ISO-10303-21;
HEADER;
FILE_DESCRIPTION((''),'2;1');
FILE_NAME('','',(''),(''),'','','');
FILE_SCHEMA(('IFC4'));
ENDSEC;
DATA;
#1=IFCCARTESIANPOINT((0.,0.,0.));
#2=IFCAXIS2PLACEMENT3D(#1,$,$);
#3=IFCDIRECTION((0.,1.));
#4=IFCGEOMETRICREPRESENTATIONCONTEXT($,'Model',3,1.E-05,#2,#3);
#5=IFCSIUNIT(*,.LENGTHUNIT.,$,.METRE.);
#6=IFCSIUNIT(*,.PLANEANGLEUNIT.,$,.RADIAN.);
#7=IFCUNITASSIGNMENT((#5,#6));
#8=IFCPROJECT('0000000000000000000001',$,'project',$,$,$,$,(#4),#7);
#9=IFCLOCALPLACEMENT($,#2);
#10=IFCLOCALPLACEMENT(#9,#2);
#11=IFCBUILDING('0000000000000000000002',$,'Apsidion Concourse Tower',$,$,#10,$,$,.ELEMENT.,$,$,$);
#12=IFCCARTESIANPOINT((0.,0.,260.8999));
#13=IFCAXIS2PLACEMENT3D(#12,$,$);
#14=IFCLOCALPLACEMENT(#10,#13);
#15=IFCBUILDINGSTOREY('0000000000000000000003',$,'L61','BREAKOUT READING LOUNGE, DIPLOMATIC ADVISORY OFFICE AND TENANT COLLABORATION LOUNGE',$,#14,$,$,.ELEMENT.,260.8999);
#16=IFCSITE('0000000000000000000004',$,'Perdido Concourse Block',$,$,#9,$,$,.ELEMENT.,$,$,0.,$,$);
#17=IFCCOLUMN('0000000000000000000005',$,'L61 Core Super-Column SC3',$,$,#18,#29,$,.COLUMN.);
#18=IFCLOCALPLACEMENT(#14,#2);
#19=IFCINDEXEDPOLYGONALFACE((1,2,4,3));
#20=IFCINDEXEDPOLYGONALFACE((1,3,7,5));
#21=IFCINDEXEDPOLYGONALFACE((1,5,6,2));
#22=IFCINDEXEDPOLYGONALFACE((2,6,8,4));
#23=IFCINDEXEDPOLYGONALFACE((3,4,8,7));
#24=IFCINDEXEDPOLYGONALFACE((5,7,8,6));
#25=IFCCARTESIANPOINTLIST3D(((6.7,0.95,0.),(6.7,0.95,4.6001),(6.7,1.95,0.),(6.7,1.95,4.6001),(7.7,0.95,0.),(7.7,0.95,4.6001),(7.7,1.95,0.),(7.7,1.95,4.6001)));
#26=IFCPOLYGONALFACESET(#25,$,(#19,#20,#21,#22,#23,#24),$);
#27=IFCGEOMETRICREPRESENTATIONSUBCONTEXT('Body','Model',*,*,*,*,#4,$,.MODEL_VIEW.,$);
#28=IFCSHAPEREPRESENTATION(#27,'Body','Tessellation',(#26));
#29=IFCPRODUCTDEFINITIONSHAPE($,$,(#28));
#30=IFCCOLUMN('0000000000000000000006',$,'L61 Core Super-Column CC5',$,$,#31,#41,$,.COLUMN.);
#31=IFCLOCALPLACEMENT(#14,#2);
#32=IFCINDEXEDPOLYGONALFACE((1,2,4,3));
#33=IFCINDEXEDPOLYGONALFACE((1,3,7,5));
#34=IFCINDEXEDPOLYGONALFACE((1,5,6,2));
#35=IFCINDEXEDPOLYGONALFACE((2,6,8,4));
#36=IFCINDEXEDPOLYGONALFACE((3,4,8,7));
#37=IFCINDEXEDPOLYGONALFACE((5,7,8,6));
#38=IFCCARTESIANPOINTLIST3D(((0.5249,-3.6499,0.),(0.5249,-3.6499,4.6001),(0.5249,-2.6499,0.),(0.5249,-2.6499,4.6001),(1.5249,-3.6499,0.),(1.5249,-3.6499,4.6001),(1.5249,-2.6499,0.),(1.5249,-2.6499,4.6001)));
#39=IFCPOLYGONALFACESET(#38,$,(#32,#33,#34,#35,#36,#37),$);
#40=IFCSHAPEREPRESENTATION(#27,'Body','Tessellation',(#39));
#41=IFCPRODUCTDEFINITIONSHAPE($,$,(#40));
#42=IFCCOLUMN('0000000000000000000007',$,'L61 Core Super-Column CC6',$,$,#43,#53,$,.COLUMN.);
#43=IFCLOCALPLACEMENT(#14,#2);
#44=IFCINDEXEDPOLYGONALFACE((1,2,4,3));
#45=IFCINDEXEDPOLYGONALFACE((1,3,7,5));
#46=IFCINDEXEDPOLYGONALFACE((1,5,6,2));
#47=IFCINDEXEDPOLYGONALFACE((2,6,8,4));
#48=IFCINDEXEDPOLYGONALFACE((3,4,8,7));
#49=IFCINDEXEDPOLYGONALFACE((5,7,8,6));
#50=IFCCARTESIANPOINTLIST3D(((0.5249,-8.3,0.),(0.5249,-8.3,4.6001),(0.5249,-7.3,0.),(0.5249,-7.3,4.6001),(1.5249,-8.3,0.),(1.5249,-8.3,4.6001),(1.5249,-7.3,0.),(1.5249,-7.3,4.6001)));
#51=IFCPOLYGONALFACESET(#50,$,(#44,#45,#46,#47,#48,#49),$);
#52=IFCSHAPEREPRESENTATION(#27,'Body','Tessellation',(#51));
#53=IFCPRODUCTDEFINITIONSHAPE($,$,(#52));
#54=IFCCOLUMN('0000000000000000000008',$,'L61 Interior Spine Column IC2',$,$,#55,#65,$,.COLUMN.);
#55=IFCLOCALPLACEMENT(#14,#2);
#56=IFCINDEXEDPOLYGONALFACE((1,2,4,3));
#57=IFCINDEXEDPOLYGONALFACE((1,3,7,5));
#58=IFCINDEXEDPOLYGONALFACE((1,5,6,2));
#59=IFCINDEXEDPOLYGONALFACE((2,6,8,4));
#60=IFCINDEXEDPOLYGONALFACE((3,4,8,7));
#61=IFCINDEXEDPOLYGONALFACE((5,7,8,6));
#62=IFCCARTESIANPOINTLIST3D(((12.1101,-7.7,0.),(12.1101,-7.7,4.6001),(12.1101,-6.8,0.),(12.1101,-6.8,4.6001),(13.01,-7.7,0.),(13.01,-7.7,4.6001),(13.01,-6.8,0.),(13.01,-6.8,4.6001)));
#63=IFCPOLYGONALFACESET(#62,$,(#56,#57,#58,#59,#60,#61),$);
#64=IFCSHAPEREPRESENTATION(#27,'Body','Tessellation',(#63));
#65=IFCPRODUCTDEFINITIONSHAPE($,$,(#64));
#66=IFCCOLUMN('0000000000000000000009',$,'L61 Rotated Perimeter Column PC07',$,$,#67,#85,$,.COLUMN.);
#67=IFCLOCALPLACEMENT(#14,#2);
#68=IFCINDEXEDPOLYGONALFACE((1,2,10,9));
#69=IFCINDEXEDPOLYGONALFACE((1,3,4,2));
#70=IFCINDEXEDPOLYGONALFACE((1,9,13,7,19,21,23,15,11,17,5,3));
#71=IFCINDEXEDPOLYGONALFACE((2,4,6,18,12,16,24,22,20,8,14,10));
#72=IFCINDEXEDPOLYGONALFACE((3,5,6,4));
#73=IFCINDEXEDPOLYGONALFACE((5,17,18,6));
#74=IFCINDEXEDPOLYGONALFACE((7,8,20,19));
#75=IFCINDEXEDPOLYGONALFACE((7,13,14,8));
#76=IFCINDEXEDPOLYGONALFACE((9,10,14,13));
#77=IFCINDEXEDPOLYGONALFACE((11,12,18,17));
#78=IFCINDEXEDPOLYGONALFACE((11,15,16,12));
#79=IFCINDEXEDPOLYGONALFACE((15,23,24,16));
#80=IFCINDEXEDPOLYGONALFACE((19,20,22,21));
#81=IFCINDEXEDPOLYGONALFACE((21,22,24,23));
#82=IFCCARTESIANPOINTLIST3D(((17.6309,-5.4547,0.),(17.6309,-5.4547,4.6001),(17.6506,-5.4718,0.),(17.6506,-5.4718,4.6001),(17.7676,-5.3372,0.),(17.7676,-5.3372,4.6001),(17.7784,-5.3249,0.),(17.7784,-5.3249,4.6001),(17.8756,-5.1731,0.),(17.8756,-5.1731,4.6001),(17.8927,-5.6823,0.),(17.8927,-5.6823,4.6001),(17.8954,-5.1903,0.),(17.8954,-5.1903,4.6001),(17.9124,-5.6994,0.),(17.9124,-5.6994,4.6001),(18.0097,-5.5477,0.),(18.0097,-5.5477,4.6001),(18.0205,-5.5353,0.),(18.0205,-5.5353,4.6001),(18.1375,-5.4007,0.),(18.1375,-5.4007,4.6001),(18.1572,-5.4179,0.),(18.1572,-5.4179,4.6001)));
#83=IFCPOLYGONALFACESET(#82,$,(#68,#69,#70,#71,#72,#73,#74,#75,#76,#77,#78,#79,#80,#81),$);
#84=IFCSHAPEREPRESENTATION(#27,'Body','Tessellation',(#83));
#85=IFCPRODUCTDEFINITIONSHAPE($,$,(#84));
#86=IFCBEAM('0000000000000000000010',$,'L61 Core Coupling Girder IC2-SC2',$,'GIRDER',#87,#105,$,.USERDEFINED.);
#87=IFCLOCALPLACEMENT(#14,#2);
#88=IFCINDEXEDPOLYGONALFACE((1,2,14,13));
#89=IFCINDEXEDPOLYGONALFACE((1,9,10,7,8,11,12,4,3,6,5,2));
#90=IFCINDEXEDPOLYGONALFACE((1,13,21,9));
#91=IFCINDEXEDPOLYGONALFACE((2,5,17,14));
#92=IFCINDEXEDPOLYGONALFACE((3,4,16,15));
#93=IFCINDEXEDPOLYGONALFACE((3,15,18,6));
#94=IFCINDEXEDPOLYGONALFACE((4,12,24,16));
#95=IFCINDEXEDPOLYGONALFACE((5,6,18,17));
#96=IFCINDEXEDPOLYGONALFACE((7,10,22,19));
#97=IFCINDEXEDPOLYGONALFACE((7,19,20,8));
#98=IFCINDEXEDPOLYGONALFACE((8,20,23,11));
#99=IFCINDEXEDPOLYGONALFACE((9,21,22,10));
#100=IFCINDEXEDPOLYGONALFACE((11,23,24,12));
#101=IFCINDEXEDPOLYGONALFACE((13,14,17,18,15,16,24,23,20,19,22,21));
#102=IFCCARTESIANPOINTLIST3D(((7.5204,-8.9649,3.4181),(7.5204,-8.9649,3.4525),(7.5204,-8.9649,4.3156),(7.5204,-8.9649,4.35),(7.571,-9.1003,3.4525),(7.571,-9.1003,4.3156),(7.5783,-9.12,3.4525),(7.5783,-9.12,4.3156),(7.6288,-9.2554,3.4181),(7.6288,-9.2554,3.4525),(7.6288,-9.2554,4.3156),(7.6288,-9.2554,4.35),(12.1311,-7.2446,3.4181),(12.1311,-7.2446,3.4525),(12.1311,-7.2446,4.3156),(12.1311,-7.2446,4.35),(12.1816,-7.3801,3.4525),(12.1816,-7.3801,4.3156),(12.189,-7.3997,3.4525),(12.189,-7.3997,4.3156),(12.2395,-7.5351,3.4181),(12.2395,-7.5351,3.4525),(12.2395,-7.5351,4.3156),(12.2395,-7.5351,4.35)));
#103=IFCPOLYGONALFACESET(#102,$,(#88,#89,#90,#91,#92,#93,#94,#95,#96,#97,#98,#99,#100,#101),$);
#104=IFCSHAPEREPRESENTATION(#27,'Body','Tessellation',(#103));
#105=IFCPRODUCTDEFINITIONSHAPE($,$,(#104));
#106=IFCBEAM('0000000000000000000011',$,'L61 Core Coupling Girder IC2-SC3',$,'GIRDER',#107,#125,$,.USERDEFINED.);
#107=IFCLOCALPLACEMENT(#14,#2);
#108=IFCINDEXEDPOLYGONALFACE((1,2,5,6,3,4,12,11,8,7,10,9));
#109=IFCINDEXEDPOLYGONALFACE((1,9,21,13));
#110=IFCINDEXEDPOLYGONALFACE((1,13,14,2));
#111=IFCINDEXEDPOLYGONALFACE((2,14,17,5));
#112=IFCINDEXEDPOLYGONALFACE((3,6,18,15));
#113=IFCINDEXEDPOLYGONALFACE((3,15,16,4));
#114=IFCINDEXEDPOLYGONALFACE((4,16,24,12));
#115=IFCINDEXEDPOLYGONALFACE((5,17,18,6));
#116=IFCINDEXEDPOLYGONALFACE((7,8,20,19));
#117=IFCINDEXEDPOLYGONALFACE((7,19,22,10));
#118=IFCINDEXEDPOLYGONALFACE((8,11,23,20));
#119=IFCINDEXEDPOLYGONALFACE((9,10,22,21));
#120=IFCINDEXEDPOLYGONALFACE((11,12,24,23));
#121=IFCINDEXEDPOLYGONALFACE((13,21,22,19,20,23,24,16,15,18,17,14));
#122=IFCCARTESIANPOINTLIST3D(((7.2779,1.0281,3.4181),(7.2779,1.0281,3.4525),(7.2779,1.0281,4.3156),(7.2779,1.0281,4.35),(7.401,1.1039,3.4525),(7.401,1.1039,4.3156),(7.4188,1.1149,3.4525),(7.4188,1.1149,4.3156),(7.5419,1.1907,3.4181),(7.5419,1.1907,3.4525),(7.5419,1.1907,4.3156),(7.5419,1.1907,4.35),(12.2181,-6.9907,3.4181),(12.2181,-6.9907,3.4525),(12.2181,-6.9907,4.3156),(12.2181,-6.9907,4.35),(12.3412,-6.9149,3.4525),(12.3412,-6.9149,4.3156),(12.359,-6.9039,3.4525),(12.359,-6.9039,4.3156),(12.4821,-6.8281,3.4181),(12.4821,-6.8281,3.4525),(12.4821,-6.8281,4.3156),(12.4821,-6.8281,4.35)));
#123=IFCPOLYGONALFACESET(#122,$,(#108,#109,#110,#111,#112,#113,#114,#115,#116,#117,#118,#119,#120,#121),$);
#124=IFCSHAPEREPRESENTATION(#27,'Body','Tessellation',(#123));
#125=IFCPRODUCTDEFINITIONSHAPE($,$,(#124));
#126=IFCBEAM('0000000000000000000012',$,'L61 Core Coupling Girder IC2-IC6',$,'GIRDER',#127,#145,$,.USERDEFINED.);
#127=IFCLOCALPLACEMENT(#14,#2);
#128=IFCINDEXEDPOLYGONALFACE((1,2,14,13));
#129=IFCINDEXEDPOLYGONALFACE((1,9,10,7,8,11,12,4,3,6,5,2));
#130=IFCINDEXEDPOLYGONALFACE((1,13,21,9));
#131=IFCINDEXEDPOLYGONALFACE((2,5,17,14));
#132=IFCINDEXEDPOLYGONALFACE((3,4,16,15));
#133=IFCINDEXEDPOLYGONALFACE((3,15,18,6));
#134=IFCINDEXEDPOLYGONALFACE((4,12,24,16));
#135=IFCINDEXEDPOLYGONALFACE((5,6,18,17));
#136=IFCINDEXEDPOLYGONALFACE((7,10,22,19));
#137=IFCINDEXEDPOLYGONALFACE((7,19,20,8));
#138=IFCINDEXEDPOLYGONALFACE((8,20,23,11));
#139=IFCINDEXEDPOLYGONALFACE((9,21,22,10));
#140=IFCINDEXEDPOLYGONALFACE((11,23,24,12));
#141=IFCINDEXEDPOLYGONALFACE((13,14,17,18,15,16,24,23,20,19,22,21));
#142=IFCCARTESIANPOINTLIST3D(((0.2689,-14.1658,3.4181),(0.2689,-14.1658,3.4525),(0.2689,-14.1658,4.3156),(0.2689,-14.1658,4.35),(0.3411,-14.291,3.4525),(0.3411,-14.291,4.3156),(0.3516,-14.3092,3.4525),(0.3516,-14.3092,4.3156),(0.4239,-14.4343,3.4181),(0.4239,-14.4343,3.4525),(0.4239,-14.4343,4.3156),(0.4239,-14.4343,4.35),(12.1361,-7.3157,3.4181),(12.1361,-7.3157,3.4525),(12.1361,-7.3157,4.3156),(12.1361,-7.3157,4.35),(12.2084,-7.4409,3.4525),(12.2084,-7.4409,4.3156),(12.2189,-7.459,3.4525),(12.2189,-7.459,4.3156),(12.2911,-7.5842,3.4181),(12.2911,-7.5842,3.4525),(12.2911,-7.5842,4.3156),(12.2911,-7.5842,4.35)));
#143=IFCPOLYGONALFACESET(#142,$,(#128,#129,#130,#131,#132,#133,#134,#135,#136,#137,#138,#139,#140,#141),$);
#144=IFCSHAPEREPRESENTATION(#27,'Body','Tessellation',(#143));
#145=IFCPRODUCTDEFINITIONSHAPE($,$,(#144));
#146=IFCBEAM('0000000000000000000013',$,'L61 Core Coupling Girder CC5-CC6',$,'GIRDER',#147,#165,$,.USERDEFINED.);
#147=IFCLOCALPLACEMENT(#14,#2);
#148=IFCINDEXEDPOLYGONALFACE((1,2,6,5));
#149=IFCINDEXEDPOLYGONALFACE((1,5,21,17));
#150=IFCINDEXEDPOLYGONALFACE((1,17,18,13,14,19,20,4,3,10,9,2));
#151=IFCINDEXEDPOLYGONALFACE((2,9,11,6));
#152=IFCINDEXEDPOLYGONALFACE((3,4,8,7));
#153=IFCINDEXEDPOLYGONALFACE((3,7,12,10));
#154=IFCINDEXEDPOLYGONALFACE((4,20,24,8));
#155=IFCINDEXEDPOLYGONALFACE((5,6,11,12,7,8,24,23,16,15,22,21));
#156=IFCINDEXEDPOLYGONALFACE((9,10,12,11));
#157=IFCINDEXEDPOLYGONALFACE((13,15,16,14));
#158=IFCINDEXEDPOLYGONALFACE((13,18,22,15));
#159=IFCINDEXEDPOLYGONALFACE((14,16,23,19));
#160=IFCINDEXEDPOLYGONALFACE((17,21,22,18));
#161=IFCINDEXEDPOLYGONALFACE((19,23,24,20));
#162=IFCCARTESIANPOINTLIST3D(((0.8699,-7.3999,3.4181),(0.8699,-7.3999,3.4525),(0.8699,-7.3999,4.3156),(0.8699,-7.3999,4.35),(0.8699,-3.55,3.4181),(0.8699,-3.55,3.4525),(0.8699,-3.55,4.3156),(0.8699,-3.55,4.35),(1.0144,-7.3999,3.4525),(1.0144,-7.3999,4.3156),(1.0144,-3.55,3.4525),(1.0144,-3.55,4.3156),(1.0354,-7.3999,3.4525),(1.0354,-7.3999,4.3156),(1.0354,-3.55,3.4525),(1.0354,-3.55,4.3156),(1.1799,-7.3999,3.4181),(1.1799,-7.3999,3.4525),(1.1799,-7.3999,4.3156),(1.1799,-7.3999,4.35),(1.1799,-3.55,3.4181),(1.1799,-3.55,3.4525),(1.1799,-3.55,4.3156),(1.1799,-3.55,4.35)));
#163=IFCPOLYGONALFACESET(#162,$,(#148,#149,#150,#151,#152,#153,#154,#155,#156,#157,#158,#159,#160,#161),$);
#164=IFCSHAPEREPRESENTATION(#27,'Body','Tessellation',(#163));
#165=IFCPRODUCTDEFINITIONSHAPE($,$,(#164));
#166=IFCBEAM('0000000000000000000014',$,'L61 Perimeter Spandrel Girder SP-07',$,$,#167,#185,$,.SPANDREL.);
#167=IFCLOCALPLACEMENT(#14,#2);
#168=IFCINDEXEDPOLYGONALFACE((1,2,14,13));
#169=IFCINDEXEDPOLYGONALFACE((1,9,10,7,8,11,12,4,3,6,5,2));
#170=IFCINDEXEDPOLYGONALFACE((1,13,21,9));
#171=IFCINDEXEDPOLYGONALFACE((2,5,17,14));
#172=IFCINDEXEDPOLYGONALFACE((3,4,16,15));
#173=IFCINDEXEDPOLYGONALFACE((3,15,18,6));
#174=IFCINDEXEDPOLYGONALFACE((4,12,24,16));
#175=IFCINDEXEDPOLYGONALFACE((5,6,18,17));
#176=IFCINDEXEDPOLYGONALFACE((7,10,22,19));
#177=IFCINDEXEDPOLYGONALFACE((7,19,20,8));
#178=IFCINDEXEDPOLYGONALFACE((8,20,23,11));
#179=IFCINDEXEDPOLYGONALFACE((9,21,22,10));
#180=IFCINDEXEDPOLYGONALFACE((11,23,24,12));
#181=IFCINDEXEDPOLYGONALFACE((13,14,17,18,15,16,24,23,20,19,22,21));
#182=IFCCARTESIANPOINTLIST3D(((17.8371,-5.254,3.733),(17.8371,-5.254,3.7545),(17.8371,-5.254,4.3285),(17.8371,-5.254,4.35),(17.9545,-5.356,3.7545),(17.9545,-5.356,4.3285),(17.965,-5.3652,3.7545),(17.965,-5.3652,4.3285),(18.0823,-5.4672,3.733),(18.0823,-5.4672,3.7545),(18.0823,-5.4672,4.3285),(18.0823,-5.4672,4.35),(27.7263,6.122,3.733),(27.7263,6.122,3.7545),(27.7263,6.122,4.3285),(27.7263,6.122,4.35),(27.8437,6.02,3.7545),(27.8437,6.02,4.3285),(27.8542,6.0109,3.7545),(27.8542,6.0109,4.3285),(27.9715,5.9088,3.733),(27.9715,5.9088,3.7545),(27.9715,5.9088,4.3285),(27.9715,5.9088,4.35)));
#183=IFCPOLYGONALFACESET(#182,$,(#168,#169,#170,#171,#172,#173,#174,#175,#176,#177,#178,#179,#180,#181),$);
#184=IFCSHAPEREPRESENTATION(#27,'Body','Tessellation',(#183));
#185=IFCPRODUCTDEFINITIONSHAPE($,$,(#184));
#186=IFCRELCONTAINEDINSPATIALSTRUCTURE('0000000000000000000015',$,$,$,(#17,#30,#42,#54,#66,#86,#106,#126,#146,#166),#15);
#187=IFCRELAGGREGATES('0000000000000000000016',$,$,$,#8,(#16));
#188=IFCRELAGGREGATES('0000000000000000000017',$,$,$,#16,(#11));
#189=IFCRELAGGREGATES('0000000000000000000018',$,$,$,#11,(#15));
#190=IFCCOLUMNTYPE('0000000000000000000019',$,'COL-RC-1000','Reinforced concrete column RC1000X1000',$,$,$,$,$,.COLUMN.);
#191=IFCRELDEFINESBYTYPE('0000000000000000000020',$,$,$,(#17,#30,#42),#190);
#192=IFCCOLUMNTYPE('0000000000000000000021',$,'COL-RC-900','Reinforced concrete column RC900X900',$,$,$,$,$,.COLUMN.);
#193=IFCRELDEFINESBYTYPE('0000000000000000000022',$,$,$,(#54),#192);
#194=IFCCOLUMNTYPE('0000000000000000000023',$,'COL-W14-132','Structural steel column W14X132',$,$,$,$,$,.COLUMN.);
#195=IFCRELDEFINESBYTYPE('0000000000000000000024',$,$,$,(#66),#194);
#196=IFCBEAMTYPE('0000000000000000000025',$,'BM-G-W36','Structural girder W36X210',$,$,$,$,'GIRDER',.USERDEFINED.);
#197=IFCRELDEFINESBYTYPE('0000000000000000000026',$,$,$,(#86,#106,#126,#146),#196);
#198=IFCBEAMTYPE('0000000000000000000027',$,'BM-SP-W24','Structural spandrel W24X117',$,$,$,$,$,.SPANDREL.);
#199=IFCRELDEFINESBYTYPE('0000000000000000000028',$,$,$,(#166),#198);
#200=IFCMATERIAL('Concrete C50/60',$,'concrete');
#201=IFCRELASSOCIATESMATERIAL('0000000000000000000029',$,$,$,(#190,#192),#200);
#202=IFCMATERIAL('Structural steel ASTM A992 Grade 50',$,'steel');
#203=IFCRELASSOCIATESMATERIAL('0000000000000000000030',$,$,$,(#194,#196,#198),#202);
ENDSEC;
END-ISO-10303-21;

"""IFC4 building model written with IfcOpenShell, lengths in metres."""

from ifc_helpers import new_model, si_unit, direction, frame, origin, origin_2d, place, context, subcontext, project, spatial, rectangle, i_section, extrude, material, material_profile, profile_set, type_object, element, save


model = new_model("IFC4")

# Units and contexts
model_context = context("Model", 3, precision=1e-05, world=origin(), true_north=direction((0.0, 1.0)))
body_context = subcontext(model_context, "Body", "Model", "MODEL_VIEW")
ifc_project = project(units=[si_unit("LENGTHUNIT", "METRE"), si_unit("PLANEANGLEUNIT", "RADIAN")], contexts=[model_context])

# Site, building, storey
site_placement = place(None, origin())
site = spatial("IfcSite", under=ifc_project, at=site_placement, Name="Perdido Concourse Block", CompositionType="ELEMENT", RefElevation=0.0)
building_placement = place(site_placement, origin())
building = spatial("IfcBuilding", under=site, at=building_placement, Name="Apsidion Concourse Tower", CompositionType="ELEMENT")
storey_placement = place(building_placement, frame((0.0, 0.0, 260.8999)))
storey = spatial("IfcBuildingStorey", under=building, at=storey_placement, Name="L61", Description="BREAKOUT READING LOUNGE, DIPLOMATIC ADVISORY OFFICE AND TENANT COLLABORATION LOUNGE", CompositionType="ELEMENT", Elevation=260.8999)

# Columns
ifc_material_1 = material(Name="Concrete C50/60", Category="concrete")
ifc_material_profile_1 = material_profile(ifc_material_1, rectangle(XDim=1.0, YDim=1.0, at=origin_2d()), Name="RC 1000x1000")
ifc_profile_set_1 = profile_set([ifc_material_profile_1], Name="Concrete C50/60")
column_type_1 = type_object("IfcColumnType", Name="COL-RC-1000", Description="Reinforced concrete column RC1000X1000", PredefinedType="COLUMN", material=ifc_profile_set_1)
for number, where, z_axis, x_axis, name in (
    (1, (7.2, 1.45, 0.0), (0.0, 0.0, 1.0), (1.0, 0.0, 0.0), "L61 Core Super-Column SC3"),
    (2, (1.0249, -3.1499, 0.0), (0.0, 0.0, 1.0), (1.0, 0.0, 0.0), "L61 Core Super-Column CC5"),
    (3, (1.0249, -7.8, 0.0), (0.0, 0.0, 1.0), (1.0, 0.0, 0.0), "L61 Core Super-Column CC6"),
):
    element("IfcColumn", number, at=place(storey_placement, frame(where, z_axis=z_axis, x_axis=x_axis)), inside=storey, type_object=column_type_1, Name=name, PredefinedType="COLUMN", context=body_context, shape_type="SweptSolid", body=[
        extrude(rectangle(XDim=1.0, YDim=1.0, at=origin_2d()), origin(), (0.0, 0.0, 1.0), 4.6001),
    ])
ifc_material_profile_2 = material_profile(ifc_material_1, rectangle(XDim=0.8999, YDim=0.8999, at=origin_2d()), Name="RC 900x900")
ifc_profile_set_2 = profile_set([ifc_material_profile_2], Name="Concrete C50/60")
column_type_2 = type_object("IfcColumnType", Name="COL-RC-900", Description="Reinforced concrete column RC900X900", PredefinedType="COLUMN", material=ifc_profile_set_2)
column_1_placement = place(storey_placement, frame((12.5601, -7.25, 0.0), z_axis=(0.0, 0.0, 1.0), x_axis=(1.0, 0.0, 0.0)))
element("IfcColumn", 4, at=column_1_placement, inside=storey, type_object=column_type_2, Name="L61 Interior Spine Column IC2", PredefinedType="COLUMN", context=body_context, shape_type="SweptSolid", body=[
    extrude(rectangle(XDim=0.8999, YDim=0.8999, at=origin_2d()), origin(), (0.0, 0.0, 1.0), 4.6001),
])
ifc_material_2 = material(Name="Structural steel ASTM A992 Grade 50", Category="steel")
ifc_material_profile_3 = material_profile(ifc_material_2, i_section(OverallWidth=0.373, OverallDepth=0.373, WebThickness=0.0164, FlangeThickness=0.0261, at=origin_2d()), Name="W14X132")
ifc_profile_set_3 = profile_set([ifc_material_profile_3], Name="Structural steel ASTM A992 Grade 50")
column_type_3 = type_object("IfcColumnType", Name="COL-W14-132", Description="Structural steel column W14X132", PredefinedType="COLUMN", material=ifc_profile_set_3)
column_2_placement = place(storey_placement, frame((17.894, -5.4363, 0.0), z_axis=(0.0, 0.0, 1.0), x_axis=(0.656059, 0.75471, 0.0)))
element("IfcColumn", 5, at=column_2_placement, inside=storey, type_object=column_type_3, Name="L61 Rotated Perimeter Column PC07", PredefinedType="COLUMN", context=body_context, shape_type="SweptSolid", body=[
    extrude(i_section(OverallWidth=0.373, OverallDepth=0.373, WebThickness=0.0164, FlangeThickness=0.0261, at=origin_2d()), origin(), (0.0, 0.0, 1.0), 4.6001),
])

# Beams
ifc_material_profile_4 = material_profile(ifc_material_2, i_section(OverallWidth=0.3101, OverallDepth=0.9319, WebThickness=0.021, FlangeThickness=0.0344, at=origin_2d()), Name="W36X210")
ifc_profile_set_4 = profile_set([ifc_material_profile_4], Name="Structural steel ASTM A992 Grade 50")
beam_type_1 = type_object("IfcBeamType", Name="BM-G-W36", Description="Structural girder W36X210", ElementType="GIRDER", PredefinedType="USERDEFINED", material=ifc_profile_set_4)
beam_1_placement = place(storey_placement, frame((12.1853, -7.3899, 3.884), z_axis=(-0.936913, -0.349563, 0.0), x_axis=(0.349563, -0.936913, 0.0)))
element("IfcBeam", 6, at=beam_1_placement, inside=storey, type_object=beam_type_1, Name="L61 Core Coupling Girder IC2-SC2", ObjectType="GIRDER", PredefinedType="USERDEFINED", context=body_context, shape_type="SweptSolid", body=[
    extrude(i_section(OverallWidth=0.3101, OverallDepth=0.9319, WebThickness=0.021, FlangeThickness=0.0344, at=origin_2d()), origin(), (0.0, 0.0, 1.0), 4.9211),
])
beam_2_placement = place(storey_placement, frame((12.3501, -6.9094, 3.884), z_axis=(-0.524524, 0.851396, 0.0), x_axis=(-0.851396, -0.524524, 0.0)))
element("IfcBeam", 7, at=beam_2_placement, inside=storey, type_object=beam_type_1, Name="L61 Core Coupling Girder IC2-SC3", ObjectType="GIRDER", PredefinedType="USERDEFINED", context=body_context, shape_type="SweptSolid", body=[
    extrude(i_section(OverallWidth=0.3101, OverallDepth=0.9319, WebThickness=0.021, FlangeThickness=0.0344, at=origin_2d()), origin(), (0.0, 0.0, 1.0), 9.4185),
])
beam_3_placement = place(storey_placement, frame((12.2136, -7.45, 3.884), z_axis=(-0.86607, -0.499922, 0.0), x_axis=(0.499922, -0.86607, 0.0)))
element("IfcBeam", 8, at=beam_3_placement, inside=storey, type_object=beam_type_1, Name="L61 Core Coupling Girder IC2-IC6", ObjectType="GIRDER", PredefinedType="USERDEFINED", context=body_context, shape_type="SweptSolid", body=[
    extrude(i_section(OverallWidth=0.3101, OverallDepth=0.9319, WebThickness=0.021, FlangeThickness=0.0344, at=origin_2d()), origin(), (0.0, 0.0, 1.0), 13.7024),
])
beam_4_placement = place(storey_placement, frame((1.0249, -3.55, 3.884), z_axis=(0.0, -1.0, 0.0), x_axis=(1.0, 0.0, 0.0)))
element("IfcBeam", 9, at=beam_4_placement, inside=storey, type_object=beam_type_1, Name="L61 Core Coupling Girder CC5-CC6", ObjectType="GIRDER", PredefinedType="USERDEFINED", context=body_context, shape_type="SweptSolid", body=[
    extrude(i_section(OverallWidth=0.3101, OverallDepth=0.9319, WebThickness=0.021, FlangeThickness=0.0344, at=origin_2d()), origin(), (0.0, 0.0, 1.0), 3.8499),
])
ifc_material_profile_5 = material_profile(ifc_material_2, i_section(OverallWidth=0.325, OverallDepth=0.6169, WebThickness=0.0139, FlangeThickness=0.0215, at=origin_2d()), Name="W24X117")
ifc_profile_set_5 = profile_set([ifc_material_profile_5], Name="Structural steel ASTM A992 Grade 50")
beam_type_2 = type_object("IfcBeamType", Name="BM-SP-W24", Description="Structural spandrel W24X117", PredefinedType="SPANDREL", material=ifc_profile_set_5)
beam_5_placement = place(storey_placement, frame((17.9597, -5.3606, 4.0415), z_axis=(0.656066, 0.754704, 0.0), x_axis=(-0.754704, 0.656066, 0.0)))
element("IfcBeam", 10, at=beam_5_placement, inside=storey, type_object=beam_type_2, Name="L61 Perimeter Spandrel Girder SP-07", PredefinedType="SPANDREL", context=body_context, shape_type="SweptSolid", body=[
    extrude(i_section(OverallWidth=0.325, OverallDepth=0.6169, WebThickness=0.0139, FlangeThickness=0.0215, at=origin_2d()), origin(), (0.0, 0.0, 1.0), 15.0735),
])

save(model, "model.ifc")
